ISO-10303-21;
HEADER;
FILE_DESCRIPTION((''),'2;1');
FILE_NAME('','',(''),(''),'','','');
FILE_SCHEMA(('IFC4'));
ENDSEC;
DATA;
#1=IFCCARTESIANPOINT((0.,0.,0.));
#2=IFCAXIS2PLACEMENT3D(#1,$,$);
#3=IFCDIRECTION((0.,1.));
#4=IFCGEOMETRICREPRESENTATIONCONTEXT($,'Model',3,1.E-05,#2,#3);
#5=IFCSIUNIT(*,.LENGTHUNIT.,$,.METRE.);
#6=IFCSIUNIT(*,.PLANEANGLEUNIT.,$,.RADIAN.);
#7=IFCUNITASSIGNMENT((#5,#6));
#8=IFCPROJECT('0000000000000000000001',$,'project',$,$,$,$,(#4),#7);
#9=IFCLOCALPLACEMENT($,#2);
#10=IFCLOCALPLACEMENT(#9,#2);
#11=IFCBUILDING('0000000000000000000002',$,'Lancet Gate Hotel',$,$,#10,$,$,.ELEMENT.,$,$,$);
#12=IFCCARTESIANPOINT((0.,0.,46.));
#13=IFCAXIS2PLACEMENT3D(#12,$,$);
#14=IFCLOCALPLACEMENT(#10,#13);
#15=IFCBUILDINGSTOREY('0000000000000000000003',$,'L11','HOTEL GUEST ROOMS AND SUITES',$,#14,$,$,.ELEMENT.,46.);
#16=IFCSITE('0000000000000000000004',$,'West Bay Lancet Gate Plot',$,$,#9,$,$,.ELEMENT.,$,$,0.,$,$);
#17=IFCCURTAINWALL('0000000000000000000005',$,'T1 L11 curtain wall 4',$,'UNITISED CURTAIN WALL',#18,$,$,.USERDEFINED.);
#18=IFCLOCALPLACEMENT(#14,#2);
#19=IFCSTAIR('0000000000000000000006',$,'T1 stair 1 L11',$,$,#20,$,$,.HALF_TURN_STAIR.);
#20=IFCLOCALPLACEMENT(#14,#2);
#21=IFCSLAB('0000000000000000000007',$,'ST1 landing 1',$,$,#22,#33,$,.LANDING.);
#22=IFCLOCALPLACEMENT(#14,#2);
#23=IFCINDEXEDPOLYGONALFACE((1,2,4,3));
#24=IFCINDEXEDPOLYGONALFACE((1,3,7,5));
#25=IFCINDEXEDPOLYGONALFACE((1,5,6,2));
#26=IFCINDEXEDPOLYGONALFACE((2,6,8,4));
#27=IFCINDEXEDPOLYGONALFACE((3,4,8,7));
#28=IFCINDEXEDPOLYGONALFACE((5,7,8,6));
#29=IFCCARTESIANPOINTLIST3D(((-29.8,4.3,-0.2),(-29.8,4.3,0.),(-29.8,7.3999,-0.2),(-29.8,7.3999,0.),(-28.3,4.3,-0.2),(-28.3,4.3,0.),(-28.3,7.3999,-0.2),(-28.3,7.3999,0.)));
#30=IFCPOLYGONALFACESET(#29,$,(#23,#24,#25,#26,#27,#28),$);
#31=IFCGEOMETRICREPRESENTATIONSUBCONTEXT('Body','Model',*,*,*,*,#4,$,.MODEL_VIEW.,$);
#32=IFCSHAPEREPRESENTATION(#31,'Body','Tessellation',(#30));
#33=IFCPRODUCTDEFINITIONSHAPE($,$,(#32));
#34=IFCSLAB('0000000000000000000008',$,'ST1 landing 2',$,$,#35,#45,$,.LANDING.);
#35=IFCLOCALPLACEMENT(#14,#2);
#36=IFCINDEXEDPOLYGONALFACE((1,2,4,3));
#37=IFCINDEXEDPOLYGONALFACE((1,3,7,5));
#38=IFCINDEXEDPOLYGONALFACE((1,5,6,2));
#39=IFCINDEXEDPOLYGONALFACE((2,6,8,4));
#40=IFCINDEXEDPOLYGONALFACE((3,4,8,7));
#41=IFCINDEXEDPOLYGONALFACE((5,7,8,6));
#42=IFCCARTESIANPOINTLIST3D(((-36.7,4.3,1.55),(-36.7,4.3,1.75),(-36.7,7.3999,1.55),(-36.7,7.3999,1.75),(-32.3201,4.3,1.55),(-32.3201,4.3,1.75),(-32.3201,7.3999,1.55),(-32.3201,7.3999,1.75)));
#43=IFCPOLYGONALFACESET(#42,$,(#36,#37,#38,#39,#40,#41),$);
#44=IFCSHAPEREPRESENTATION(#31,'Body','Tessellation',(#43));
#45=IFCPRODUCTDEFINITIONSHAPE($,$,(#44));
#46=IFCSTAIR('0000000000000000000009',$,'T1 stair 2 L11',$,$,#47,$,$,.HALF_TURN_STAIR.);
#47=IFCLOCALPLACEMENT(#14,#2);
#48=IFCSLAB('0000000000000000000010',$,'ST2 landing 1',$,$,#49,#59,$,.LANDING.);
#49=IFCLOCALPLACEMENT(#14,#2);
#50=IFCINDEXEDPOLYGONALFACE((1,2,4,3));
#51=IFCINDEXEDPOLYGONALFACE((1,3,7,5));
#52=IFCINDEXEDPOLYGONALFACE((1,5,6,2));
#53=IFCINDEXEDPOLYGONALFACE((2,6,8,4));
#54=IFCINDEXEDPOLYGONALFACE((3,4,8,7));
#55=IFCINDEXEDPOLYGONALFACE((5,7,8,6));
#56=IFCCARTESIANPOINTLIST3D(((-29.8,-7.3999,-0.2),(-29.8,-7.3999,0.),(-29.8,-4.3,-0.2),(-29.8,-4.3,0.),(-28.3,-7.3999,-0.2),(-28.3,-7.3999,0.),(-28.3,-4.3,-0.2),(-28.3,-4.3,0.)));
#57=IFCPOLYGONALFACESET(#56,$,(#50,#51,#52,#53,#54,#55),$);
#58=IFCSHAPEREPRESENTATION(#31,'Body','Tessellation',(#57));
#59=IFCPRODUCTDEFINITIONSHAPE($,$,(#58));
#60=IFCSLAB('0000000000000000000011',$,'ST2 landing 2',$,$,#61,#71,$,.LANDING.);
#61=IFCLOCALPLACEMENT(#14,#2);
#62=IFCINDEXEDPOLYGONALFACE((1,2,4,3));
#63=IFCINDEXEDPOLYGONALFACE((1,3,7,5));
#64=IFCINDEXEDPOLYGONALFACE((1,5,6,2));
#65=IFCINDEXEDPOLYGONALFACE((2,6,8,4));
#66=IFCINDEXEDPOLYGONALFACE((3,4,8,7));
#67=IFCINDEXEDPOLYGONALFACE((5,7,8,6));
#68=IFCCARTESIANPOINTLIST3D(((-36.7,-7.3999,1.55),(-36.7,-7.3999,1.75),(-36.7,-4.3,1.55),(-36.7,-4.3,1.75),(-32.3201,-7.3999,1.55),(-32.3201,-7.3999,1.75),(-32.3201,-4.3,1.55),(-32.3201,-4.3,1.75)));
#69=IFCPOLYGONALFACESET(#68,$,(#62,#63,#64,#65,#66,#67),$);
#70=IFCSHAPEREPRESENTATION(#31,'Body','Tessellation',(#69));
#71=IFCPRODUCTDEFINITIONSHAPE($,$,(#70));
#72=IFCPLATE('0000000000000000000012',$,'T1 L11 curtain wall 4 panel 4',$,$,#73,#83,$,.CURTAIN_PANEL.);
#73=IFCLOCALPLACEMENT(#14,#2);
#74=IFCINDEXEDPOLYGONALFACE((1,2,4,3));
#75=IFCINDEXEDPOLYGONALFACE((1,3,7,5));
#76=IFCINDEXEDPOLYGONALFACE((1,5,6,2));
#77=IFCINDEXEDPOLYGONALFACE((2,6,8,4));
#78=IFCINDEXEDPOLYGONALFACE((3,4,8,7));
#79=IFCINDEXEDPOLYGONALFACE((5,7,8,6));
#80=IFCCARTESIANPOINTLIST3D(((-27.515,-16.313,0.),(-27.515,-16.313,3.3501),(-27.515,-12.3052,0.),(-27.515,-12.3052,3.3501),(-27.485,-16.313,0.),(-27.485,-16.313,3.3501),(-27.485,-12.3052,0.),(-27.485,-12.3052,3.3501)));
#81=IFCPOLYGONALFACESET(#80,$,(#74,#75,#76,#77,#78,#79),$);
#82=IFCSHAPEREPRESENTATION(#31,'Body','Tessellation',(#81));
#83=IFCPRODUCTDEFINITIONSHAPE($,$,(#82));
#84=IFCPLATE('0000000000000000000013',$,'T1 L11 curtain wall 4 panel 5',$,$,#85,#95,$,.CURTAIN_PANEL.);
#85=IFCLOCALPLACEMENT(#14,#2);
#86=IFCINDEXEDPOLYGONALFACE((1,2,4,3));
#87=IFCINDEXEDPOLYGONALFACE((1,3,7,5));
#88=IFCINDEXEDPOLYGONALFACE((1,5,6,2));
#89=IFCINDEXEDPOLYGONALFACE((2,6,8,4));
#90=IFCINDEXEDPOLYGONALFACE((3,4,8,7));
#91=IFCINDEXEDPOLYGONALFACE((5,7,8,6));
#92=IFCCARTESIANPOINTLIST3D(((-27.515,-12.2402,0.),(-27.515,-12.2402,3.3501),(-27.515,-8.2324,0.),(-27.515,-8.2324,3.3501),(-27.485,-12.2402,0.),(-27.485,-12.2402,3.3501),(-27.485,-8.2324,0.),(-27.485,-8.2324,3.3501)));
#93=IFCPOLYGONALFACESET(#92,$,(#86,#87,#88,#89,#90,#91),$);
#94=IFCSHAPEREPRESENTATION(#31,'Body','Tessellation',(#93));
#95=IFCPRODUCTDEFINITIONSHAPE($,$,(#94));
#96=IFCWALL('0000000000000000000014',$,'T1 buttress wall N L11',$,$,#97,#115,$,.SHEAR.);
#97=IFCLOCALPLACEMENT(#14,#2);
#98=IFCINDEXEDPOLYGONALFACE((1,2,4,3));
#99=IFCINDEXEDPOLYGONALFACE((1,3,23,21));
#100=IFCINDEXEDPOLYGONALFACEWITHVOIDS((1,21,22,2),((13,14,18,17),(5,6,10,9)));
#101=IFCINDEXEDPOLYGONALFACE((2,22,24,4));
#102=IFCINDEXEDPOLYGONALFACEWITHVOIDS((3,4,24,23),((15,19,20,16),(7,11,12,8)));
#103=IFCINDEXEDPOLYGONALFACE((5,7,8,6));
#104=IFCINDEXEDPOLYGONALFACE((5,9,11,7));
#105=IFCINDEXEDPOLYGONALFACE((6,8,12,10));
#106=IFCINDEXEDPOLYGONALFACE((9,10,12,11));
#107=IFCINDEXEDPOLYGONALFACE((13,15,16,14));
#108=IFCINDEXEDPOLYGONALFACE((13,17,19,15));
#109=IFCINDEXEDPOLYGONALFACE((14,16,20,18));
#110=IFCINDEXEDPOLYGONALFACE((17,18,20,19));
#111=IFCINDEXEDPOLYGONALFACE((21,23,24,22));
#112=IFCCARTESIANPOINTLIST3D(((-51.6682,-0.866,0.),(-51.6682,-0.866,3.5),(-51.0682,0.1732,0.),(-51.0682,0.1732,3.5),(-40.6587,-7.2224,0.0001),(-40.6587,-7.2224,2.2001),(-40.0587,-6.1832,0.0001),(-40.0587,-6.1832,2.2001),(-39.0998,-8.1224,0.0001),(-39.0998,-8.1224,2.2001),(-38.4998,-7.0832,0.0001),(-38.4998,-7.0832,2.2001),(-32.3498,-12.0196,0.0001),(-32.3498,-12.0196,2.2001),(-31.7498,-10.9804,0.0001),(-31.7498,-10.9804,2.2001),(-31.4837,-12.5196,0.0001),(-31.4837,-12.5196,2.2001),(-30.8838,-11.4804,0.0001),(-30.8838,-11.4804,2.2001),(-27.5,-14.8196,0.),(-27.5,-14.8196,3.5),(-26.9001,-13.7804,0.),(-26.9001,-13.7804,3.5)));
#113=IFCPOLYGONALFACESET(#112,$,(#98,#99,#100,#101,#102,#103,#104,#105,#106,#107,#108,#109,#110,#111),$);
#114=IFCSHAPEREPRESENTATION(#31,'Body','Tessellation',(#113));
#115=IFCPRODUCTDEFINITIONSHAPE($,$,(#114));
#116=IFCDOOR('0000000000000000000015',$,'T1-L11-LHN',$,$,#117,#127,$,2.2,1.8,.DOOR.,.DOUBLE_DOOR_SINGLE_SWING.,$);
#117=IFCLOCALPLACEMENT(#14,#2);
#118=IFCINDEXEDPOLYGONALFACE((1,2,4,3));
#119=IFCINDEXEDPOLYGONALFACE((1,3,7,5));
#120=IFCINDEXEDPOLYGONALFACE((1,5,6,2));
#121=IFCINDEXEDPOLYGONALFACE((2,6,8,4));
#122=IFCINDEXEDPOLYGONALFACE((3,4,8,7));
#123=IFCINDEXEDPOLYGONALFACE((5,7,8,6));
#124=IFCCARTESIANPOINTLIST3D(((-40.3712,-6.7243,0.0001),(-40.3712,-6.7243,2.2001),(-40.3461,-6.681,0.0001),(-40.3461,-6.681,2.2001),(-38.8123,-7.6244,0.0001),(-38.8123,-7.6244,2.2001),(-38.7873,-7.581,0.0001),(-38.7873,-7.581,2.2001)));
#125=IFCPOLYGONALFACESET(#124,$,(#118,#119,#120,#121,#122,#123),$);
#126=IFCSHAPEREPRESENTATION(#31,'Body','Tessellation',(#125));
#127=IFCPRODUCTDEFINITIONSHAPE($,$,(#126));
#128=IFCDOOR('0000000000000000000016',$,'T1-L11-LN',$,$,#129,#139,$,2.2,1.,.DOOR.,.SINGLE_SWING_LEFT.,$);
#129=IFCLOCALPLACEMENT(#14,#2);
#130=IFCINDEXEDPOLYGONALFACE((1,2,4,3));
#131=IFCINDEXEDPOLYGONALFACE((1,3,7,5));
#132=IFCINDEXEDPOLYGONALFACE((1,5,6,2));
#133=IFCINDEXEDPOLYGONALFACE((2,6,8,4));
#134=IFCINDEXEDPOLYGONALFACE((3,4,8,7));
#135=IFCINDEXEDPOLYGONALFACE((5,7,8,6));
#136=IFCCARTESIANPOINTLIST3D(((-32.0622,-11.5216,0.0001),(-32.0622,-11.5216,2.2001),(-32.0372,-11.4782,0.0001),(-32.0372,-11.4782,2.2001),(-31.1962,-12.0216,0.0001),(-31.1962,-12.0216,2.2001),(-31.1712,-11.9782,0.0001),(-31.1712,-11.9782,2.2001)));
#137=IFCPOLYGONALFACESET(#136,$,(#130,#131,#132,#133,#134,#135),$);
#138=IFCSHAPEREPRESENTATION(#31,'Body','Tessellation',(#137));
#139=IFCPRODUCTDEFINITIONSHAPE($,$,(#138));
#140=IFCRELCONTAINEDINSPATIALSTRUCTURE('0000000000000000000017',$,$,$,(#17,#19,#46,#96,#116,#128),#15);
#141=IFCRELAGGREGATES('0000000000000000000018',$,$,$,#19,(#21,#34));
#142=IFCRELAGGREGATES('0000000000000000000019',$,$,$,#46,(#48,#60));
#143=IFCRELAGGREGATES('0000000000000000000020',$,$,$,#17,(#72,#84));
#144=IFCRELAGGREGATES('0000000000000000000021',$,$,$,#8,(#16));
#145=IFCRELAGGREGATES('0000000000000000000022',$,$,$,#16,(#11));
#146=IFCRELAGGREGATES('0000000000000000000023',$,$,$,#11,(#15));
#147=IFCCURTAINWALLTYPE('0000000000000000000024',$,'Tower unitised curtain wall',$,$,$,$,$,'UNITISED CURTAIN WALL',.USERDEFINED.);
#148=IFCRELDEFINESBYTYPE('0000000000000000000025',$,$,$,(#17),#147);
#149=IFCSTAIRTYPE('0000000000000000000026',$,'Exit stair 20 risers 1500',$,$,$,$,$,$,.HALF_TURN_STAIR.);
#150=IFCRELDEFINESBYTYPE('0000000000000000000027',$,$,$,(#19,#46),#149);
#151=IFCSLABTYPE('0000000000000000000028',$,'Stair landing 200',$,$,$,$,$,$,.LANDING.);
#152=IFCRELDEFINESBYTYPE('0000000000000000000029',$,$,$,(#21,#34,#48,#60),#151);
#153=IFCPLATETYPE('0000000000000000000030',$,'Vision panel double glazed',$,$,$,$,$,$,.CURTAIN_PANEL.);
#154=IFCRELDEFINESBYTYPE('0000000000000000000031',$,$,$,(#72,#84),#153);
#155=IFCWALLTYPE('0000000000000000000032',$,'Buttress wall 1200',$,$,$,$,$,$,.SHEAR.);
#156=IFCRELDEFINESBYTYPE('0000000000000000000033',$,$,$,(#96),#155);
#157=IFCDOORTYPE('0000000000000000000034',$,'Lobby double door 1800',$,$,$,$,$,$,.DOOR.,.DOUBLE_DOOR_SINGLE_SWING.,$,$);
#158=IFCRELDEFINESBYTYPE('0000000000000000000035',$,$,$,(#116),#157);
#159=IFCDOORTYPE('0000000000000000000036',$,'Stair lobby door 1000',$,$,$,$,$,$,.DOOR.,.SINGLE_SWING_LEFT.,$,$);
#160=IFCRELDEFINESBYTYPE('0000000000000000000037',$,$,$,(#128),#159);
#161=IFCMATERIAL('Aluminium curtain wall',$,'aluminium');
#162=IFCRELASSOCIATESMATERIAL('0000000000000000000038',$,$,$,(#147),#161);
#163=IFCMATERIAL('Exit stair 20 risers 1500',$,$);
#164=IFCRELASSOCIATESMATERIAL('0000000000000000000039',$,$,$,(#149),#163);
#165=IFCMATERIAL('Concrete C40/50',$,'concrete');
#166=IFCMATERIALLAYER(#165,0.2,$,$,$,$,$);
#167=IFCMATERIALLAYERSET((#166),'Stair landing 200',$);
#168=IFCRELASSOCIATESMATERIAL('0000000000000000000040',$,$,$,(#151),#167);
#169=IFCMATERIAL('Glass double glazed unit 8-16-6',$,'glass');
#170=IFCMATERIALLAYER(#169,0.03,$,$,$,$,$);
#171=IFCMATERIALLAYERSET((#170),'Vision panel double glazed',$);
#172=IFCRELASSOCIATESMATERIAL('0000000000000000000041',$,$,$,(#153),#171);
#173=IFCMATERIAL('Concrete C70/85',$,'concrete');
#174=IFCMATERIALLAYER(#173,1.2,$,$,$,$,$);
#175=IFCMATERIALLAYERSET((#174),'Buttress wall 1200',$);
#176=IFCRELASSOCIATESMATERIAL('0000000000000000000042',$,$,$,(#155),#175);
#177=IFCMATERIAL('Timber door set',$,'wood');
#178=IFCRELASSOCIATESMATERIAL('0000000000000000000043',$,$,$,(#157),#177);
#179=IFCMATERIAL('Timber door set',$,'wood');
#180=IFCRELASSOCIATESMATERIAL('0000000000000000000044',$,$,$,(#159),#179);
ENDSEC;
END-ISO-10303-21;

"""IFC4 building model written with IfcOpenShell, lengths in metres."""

from ifc_helpers import new_model, si_unit, direction, frame, frame_2d, origin, origin_2d, place, context, subcontext, project, spatial, polyline, rectangle, outline, extrude, material, layer, layer_set, type_object, element, fill, aggregate, save


model = new_model("IFC4")

# Units and contexts
model_context = context("Model", 3, precision=1e-05, world=origin(), true_north=direction((0.0, 1.0)))
body_context = subcontext(model_context, "Body", "Model", "MODEL_VIEW")
ifc_project = project(units=[si_unit("LENGTHUNIT", "METRE"), si_unit("PLANEANGLEUNIT", "RADIAN")], contexts=[model_context])

# Site, building, storey
site_placement = place(None, origin())
site = spatial("IfcSite", under=ifc_project, at=site_placement, Name="West Bay Lancet Gate Plot", CompositionType="ELEMENT", RefElevation=0.0)
building_placement = place(site_placement, origin())
building = spatial("IfcBuilding", under=site, at=building_placement, Name="Lancet Gate Hotel", CompositionType="ELEMENT")
storey_placement = place(building_placement, frame((0.0, 0.0, 46.0)))
storey = spatial("IfcBuildingStorey", under=building, at=storey_placement, Name="L11", Description="HOTEL GUEST ROOMS AND SUITES", CompositionType="ELEMENT", Elevation=46.0)

# Curtain wall
ifc_material_1 = material(Name="Aluminium curtain wall", Category="aluminium")
curtain_wall_type = type_object("IfcCurtainWallType", Name="Tower unitised curtain wall", ElementType="UNITISED CURTAIN WALL", PredefinedType="USERDEFINED", material=ifc_material_1)
curtain_wall_placement = place(storey_placement, origin())
curtain_wall = element("IfcCurtainWall", 1, at=curtain_wall_placement, inside=storey, type_object=curtain_wall_type, Name="T1 L11 curtain wall 4", ObjectType="UNITISED CURTAIN WALL", PredefinedType="USERDEFINED")

# Stairs, slabs
ifc_material_2 = material(Name="Exit stair 20 risers 1500")
stair_type = type_object("IfcStairType", Name="Exit stair 20 risers 1500", PredefinedType="HALF_TURN_STAIR", material=ifc_material_2)
stair_1_placement = place(storey_placement, origin())
stair_1 = element("IfcStair", 2, at=stair_1_placement, inside=storey, type_object=stair_type, Name="T1 stair 1 L11", PredefinedType="HALF_TURN_STAIR")
ifc_material_3 = material(Name="Concrete C40/50", Category="concrete")
ifc_layer_1 = layer(ifc_material_3, 0.2)
ifc_layer_set_1 = layer_set([ifc_layer_1], Name="Stair landing 200")
slab_type_1 = type_object("IfcSlabType", Name="Stair landing 200", PredefinedType="LANDING", material=ifc_layer_set_1)
slab_1_placement = place(storey_placement, frame((0.0, 0.0, -0.2)))
slab_1 = element("IfcSlab", 3, at=slab_1_placement, type_object=slab_type_1, Name="ST1 landing 1", PredefinedType="LANDING", context=body_context, shape_type="SweptSolid", body=[
    extrude(outline(polyline([(-28.3, 7.3999), (-29.8, 7.3999), (-29.8, 4.3), (-28.3, 4.3), (-28.3, 7.3999)])), origin(), (0.0, 0.0, 1.0), 0.2),
])
slab_2_placement = place(storey_placement, frame((0.0, 0.0, 1.55)))
slab_2 = element("IfcSlab", 4, at=slab_2_placement, type_object=slab_type_1, Name="ST1 landing 2", PredefinedType="LANDING", context=body_context, shape_type="SweptSolid", body=[
    extrude(outline(polyline([(-32.3201, 7.3999), (-36.7, 7.3999), (-36.7, 4.3), (-32.3201, 4.3), (-32.3201, 7.3999)])), origin(), (0.0, 0.0, 1.0), 0.2),
])
aggregate(stair_1, [slab_1, slab_2])
stair_2_placement = place(storey_placement, origin())
stair_2 = element("IfcStair", 5, at=stair_2_placement, inside=storey, type_object=stair_type, Name="T1 stair 2 L11", PredefinedType="HALF_TURN_STAIR")
slab_3_placement = place(storey_placement, frame((0.0, 0.0, -0.2)))
slab_3 = element("IfcSlab", 6, at=slab_3_placement, type_object=slab_type_1, Name="ST2 landing 1", PredefinedType="LANDING", context=body_context, shape_type="SweptSolid", body=[
    extrude(outline(polyline([(-28.3, -4.3), (-29.8, -4.3), (-29.8, -7.3999), (-28.3, -7.3999), (-28.3, -4.3)])), origin(), (0.0, 0.0, 1.0), 0.2),
])
slab_4_placement = place(storey_placement, frame((0.0, 0.0, 1.55)))
slab_4 = element("IfcSlab", 7, at=slab_4_placement, type_object=slab_type_1, Name="ST2 landing 2", PredefinedType="LANDING", context=body_context, shape_type="SweptSolid", body=[
    extrude(outline(polyline([(-32.3201, -4.3), (-36.7, -4.3), (-36.7, -7.3999), (-32.3201, -7.3999), (-32.3201, -4.3)])), origin(), (0.0, 0.0, 1.0), 0.2),
])
aggregate(stair_2, [slab_3, slab_4])

# Plates
ifc_material_4 = material(Name="Glass double glazed unit 8-16-6", Category="glass")
ifc_layer_2 = layer(ifc_material_4, 0.03)
ifc_layer_set_2 = layer_set([ifc_layer_2], Name="Vision panel double glazed")
plate_type = type_object("IfcPlateType", Name="Vision panel double glazed", PredefinedType="CURTAIN_PANEL", material=ifc_layer_set_2)
plate_1_placement = place(storey_placement, frame((-27.5, -14.3091, 0.0), z_axis=(0.0, 0.0, 1.0), x_axis=(0.0, 1.0, 0.0)))
plate_1 = element("IfcPlate", 8, at=plate_1_placement, type_object=plate_type, Name="T1 L11 curtain wall 4 panel 4", PredefinedType="CURTAIN_PANEL", context=body_context, shape_type="SweptSolid", body=[
    extrude(rectangle(XDim=4.0078, YDim=0.03, at=origin_2d()), origin(), (0.0, 0.0, 1.0), 3.3501),
])
plate_2_placement = place(storey_placement, frame((-27.5, -10.2363, 0.0), z_axis=(0.0, 0.0, 1.0), x_axis=(0.0, 1.0, 0.0)))
plate_2 = element("IfcPlate", 9, at=plate_2_placement, type_object=plate_type, Name="T1 L11 curtain wall 4 panel 5", PredefinedType="CURTAIN_PANEL", context=body_context, shape_type="SweptSolid", body=[
    extrude(rectangle(XDim=4.0078, YDim=0.03, at=origin_2d()), origin(), (0.0, 0.0, 1.0), 3.3501),
])
aggregate(curtain_wall, [plate_1, plate_2])

# Wall, openings, doors
ifc_material_5 = material(Name="Concrete C70/85", Category="concrete")
ifc_layer_3 = layer(ifc_material_5, 1.2)
ifc_layer_set_3 = layer_set([ifc_layer_3], Name="Buttress wall 1200")
wall_type = type_object("IfcWallType", Name="Buttress wall 1200", PredefinedType="SHEAR", material=ifc_layer_set_3)
wall_placement = place(storey_placement, frame((-27.2, -14.3, 0.0), z_axis=(0.0, 0.0, 1.0), x_axis=(-0.866024, 0.500002, 0.0)))
wall = element("IfcWall", 10, at=wall_placement, inside=storey, type_object=wall_type, Name="T1 buttress wall N L11", PredefinedType="SHEAR", context=body_context, shape_type="SweptSolid", body=[
    extrude(rectangle(XDim=27.907, YDim=1.2, at=frame_2d((13.9536, 0.0))), origin(), (0.0, 0.0, 1.0), 3.5),
])
opening_1_placement = place(wall_placement, frame((4.6001, 0.0, 0.0)))
opening_1 = element("IfcOpeningElement", 11, at=opening_1_placement, cuts=wall, PredefinedType="OPENING", context=body_context, shape_type="SweptSolid", body=[
    extrude(rectangle(XDim=1.0, YDim=2.2, at=frame_2d((0.5, 1.1001))), frame((0.0, 0.6099, 0.0), z_axis=(0.0, -1.0, 0.0), x_axis=(1.0, 0.0, 0.0)), (0.0, 0.0, 1.0), 1.22),
])
opening_2_placement = place(wall_placement, frame((13.3945, 0.0, 0.0)))
opening_2 = element("IfcOpeningElement", 12, at=opening_2_placement, cuts=wall, PredefinedType="OPENING", context=body_context, shape_type="SweptSolid", body=[
    extrude(rectangle(XDim=1.8, YDim=2.2, at=frame_2d((0.8999, 1.1001))), frame((0.0, 0.6099, 0.0), z_axis=(0.0, -1.0, 0.0), x_axis=(1.0, 0.0, 0.0)), (0.0, 0.0, 1.0), 1.22),
])
ifc_material_6 = material(Name="Timber door set", Category="wood")
door_type_1 = type_object("IfcDoorType", Name="Lobby double door 1800", OperationType="DOUBLE_DOOR_SINGLE_SWING", PredefinedType="DOOR", material=ifc_material_6)
door_1_placement = place(opening_2_placement, origin())
door_1 = element("IfcDoor", 13, at=door_1_placement, inside=storey, type_object=door_type_1, Name="T1-L11-LHN", OperationType="DOUBLE_DOOR_SINGLE_SWING", OverallHeight=2.2, OverallWidth=1.8, PredefinedType="DOOR", context=body_context, shape_type="SweptSolid", body=[
    extrude(rectangle(XDim=1.8, YDim=2.2, at=frame_2d((0.8999, 1.1001))), frame((0.0, 0.0249, 0.0), z_axis=(0.0, -1.0, 0.0), x_axis=(1.0, 0.0, 0.0)), (0.0, 0.0, 1.0), 0.05),
])
fill(opening_2, door_1)
ifc_material_7 = material(Name="Timber door set", Category="wood")
door_type_2 = type_object("IfcDoorType", Name="Stair lobby door 1000", OperationType="SINGLE_SWING_LEFT", PredefinedType="DOOR", material=ifc_material_7)
door_2_placement = place(opening_1_placement, origin())
door_2 = element("IfcDoor", 14, at=door_2_placement, inside=storey, type_object=door_type_2, Name="T1-L11-LN", OperationType="SINGLE_SWING_LEFT", OverallHeight=2.2, OverallWidth=1.0, PredefinedType="DOOR", context=body_context, shape_type="SweptSolid", body=[
    extrude(rectangle(XDim=1.0, YDim=2.2, at=frame_2d((0.5, 1.1001))), frame((0.0, 0.0249, 0.0), z_axis=(0.0, -1.0, 0.0), x_axis=(1.0, 0.0, 0.0)), (0.0, 0.0, 1.0), 0.05),
])
fill(opening_1, door_2)

save(model, "model.ifc")
